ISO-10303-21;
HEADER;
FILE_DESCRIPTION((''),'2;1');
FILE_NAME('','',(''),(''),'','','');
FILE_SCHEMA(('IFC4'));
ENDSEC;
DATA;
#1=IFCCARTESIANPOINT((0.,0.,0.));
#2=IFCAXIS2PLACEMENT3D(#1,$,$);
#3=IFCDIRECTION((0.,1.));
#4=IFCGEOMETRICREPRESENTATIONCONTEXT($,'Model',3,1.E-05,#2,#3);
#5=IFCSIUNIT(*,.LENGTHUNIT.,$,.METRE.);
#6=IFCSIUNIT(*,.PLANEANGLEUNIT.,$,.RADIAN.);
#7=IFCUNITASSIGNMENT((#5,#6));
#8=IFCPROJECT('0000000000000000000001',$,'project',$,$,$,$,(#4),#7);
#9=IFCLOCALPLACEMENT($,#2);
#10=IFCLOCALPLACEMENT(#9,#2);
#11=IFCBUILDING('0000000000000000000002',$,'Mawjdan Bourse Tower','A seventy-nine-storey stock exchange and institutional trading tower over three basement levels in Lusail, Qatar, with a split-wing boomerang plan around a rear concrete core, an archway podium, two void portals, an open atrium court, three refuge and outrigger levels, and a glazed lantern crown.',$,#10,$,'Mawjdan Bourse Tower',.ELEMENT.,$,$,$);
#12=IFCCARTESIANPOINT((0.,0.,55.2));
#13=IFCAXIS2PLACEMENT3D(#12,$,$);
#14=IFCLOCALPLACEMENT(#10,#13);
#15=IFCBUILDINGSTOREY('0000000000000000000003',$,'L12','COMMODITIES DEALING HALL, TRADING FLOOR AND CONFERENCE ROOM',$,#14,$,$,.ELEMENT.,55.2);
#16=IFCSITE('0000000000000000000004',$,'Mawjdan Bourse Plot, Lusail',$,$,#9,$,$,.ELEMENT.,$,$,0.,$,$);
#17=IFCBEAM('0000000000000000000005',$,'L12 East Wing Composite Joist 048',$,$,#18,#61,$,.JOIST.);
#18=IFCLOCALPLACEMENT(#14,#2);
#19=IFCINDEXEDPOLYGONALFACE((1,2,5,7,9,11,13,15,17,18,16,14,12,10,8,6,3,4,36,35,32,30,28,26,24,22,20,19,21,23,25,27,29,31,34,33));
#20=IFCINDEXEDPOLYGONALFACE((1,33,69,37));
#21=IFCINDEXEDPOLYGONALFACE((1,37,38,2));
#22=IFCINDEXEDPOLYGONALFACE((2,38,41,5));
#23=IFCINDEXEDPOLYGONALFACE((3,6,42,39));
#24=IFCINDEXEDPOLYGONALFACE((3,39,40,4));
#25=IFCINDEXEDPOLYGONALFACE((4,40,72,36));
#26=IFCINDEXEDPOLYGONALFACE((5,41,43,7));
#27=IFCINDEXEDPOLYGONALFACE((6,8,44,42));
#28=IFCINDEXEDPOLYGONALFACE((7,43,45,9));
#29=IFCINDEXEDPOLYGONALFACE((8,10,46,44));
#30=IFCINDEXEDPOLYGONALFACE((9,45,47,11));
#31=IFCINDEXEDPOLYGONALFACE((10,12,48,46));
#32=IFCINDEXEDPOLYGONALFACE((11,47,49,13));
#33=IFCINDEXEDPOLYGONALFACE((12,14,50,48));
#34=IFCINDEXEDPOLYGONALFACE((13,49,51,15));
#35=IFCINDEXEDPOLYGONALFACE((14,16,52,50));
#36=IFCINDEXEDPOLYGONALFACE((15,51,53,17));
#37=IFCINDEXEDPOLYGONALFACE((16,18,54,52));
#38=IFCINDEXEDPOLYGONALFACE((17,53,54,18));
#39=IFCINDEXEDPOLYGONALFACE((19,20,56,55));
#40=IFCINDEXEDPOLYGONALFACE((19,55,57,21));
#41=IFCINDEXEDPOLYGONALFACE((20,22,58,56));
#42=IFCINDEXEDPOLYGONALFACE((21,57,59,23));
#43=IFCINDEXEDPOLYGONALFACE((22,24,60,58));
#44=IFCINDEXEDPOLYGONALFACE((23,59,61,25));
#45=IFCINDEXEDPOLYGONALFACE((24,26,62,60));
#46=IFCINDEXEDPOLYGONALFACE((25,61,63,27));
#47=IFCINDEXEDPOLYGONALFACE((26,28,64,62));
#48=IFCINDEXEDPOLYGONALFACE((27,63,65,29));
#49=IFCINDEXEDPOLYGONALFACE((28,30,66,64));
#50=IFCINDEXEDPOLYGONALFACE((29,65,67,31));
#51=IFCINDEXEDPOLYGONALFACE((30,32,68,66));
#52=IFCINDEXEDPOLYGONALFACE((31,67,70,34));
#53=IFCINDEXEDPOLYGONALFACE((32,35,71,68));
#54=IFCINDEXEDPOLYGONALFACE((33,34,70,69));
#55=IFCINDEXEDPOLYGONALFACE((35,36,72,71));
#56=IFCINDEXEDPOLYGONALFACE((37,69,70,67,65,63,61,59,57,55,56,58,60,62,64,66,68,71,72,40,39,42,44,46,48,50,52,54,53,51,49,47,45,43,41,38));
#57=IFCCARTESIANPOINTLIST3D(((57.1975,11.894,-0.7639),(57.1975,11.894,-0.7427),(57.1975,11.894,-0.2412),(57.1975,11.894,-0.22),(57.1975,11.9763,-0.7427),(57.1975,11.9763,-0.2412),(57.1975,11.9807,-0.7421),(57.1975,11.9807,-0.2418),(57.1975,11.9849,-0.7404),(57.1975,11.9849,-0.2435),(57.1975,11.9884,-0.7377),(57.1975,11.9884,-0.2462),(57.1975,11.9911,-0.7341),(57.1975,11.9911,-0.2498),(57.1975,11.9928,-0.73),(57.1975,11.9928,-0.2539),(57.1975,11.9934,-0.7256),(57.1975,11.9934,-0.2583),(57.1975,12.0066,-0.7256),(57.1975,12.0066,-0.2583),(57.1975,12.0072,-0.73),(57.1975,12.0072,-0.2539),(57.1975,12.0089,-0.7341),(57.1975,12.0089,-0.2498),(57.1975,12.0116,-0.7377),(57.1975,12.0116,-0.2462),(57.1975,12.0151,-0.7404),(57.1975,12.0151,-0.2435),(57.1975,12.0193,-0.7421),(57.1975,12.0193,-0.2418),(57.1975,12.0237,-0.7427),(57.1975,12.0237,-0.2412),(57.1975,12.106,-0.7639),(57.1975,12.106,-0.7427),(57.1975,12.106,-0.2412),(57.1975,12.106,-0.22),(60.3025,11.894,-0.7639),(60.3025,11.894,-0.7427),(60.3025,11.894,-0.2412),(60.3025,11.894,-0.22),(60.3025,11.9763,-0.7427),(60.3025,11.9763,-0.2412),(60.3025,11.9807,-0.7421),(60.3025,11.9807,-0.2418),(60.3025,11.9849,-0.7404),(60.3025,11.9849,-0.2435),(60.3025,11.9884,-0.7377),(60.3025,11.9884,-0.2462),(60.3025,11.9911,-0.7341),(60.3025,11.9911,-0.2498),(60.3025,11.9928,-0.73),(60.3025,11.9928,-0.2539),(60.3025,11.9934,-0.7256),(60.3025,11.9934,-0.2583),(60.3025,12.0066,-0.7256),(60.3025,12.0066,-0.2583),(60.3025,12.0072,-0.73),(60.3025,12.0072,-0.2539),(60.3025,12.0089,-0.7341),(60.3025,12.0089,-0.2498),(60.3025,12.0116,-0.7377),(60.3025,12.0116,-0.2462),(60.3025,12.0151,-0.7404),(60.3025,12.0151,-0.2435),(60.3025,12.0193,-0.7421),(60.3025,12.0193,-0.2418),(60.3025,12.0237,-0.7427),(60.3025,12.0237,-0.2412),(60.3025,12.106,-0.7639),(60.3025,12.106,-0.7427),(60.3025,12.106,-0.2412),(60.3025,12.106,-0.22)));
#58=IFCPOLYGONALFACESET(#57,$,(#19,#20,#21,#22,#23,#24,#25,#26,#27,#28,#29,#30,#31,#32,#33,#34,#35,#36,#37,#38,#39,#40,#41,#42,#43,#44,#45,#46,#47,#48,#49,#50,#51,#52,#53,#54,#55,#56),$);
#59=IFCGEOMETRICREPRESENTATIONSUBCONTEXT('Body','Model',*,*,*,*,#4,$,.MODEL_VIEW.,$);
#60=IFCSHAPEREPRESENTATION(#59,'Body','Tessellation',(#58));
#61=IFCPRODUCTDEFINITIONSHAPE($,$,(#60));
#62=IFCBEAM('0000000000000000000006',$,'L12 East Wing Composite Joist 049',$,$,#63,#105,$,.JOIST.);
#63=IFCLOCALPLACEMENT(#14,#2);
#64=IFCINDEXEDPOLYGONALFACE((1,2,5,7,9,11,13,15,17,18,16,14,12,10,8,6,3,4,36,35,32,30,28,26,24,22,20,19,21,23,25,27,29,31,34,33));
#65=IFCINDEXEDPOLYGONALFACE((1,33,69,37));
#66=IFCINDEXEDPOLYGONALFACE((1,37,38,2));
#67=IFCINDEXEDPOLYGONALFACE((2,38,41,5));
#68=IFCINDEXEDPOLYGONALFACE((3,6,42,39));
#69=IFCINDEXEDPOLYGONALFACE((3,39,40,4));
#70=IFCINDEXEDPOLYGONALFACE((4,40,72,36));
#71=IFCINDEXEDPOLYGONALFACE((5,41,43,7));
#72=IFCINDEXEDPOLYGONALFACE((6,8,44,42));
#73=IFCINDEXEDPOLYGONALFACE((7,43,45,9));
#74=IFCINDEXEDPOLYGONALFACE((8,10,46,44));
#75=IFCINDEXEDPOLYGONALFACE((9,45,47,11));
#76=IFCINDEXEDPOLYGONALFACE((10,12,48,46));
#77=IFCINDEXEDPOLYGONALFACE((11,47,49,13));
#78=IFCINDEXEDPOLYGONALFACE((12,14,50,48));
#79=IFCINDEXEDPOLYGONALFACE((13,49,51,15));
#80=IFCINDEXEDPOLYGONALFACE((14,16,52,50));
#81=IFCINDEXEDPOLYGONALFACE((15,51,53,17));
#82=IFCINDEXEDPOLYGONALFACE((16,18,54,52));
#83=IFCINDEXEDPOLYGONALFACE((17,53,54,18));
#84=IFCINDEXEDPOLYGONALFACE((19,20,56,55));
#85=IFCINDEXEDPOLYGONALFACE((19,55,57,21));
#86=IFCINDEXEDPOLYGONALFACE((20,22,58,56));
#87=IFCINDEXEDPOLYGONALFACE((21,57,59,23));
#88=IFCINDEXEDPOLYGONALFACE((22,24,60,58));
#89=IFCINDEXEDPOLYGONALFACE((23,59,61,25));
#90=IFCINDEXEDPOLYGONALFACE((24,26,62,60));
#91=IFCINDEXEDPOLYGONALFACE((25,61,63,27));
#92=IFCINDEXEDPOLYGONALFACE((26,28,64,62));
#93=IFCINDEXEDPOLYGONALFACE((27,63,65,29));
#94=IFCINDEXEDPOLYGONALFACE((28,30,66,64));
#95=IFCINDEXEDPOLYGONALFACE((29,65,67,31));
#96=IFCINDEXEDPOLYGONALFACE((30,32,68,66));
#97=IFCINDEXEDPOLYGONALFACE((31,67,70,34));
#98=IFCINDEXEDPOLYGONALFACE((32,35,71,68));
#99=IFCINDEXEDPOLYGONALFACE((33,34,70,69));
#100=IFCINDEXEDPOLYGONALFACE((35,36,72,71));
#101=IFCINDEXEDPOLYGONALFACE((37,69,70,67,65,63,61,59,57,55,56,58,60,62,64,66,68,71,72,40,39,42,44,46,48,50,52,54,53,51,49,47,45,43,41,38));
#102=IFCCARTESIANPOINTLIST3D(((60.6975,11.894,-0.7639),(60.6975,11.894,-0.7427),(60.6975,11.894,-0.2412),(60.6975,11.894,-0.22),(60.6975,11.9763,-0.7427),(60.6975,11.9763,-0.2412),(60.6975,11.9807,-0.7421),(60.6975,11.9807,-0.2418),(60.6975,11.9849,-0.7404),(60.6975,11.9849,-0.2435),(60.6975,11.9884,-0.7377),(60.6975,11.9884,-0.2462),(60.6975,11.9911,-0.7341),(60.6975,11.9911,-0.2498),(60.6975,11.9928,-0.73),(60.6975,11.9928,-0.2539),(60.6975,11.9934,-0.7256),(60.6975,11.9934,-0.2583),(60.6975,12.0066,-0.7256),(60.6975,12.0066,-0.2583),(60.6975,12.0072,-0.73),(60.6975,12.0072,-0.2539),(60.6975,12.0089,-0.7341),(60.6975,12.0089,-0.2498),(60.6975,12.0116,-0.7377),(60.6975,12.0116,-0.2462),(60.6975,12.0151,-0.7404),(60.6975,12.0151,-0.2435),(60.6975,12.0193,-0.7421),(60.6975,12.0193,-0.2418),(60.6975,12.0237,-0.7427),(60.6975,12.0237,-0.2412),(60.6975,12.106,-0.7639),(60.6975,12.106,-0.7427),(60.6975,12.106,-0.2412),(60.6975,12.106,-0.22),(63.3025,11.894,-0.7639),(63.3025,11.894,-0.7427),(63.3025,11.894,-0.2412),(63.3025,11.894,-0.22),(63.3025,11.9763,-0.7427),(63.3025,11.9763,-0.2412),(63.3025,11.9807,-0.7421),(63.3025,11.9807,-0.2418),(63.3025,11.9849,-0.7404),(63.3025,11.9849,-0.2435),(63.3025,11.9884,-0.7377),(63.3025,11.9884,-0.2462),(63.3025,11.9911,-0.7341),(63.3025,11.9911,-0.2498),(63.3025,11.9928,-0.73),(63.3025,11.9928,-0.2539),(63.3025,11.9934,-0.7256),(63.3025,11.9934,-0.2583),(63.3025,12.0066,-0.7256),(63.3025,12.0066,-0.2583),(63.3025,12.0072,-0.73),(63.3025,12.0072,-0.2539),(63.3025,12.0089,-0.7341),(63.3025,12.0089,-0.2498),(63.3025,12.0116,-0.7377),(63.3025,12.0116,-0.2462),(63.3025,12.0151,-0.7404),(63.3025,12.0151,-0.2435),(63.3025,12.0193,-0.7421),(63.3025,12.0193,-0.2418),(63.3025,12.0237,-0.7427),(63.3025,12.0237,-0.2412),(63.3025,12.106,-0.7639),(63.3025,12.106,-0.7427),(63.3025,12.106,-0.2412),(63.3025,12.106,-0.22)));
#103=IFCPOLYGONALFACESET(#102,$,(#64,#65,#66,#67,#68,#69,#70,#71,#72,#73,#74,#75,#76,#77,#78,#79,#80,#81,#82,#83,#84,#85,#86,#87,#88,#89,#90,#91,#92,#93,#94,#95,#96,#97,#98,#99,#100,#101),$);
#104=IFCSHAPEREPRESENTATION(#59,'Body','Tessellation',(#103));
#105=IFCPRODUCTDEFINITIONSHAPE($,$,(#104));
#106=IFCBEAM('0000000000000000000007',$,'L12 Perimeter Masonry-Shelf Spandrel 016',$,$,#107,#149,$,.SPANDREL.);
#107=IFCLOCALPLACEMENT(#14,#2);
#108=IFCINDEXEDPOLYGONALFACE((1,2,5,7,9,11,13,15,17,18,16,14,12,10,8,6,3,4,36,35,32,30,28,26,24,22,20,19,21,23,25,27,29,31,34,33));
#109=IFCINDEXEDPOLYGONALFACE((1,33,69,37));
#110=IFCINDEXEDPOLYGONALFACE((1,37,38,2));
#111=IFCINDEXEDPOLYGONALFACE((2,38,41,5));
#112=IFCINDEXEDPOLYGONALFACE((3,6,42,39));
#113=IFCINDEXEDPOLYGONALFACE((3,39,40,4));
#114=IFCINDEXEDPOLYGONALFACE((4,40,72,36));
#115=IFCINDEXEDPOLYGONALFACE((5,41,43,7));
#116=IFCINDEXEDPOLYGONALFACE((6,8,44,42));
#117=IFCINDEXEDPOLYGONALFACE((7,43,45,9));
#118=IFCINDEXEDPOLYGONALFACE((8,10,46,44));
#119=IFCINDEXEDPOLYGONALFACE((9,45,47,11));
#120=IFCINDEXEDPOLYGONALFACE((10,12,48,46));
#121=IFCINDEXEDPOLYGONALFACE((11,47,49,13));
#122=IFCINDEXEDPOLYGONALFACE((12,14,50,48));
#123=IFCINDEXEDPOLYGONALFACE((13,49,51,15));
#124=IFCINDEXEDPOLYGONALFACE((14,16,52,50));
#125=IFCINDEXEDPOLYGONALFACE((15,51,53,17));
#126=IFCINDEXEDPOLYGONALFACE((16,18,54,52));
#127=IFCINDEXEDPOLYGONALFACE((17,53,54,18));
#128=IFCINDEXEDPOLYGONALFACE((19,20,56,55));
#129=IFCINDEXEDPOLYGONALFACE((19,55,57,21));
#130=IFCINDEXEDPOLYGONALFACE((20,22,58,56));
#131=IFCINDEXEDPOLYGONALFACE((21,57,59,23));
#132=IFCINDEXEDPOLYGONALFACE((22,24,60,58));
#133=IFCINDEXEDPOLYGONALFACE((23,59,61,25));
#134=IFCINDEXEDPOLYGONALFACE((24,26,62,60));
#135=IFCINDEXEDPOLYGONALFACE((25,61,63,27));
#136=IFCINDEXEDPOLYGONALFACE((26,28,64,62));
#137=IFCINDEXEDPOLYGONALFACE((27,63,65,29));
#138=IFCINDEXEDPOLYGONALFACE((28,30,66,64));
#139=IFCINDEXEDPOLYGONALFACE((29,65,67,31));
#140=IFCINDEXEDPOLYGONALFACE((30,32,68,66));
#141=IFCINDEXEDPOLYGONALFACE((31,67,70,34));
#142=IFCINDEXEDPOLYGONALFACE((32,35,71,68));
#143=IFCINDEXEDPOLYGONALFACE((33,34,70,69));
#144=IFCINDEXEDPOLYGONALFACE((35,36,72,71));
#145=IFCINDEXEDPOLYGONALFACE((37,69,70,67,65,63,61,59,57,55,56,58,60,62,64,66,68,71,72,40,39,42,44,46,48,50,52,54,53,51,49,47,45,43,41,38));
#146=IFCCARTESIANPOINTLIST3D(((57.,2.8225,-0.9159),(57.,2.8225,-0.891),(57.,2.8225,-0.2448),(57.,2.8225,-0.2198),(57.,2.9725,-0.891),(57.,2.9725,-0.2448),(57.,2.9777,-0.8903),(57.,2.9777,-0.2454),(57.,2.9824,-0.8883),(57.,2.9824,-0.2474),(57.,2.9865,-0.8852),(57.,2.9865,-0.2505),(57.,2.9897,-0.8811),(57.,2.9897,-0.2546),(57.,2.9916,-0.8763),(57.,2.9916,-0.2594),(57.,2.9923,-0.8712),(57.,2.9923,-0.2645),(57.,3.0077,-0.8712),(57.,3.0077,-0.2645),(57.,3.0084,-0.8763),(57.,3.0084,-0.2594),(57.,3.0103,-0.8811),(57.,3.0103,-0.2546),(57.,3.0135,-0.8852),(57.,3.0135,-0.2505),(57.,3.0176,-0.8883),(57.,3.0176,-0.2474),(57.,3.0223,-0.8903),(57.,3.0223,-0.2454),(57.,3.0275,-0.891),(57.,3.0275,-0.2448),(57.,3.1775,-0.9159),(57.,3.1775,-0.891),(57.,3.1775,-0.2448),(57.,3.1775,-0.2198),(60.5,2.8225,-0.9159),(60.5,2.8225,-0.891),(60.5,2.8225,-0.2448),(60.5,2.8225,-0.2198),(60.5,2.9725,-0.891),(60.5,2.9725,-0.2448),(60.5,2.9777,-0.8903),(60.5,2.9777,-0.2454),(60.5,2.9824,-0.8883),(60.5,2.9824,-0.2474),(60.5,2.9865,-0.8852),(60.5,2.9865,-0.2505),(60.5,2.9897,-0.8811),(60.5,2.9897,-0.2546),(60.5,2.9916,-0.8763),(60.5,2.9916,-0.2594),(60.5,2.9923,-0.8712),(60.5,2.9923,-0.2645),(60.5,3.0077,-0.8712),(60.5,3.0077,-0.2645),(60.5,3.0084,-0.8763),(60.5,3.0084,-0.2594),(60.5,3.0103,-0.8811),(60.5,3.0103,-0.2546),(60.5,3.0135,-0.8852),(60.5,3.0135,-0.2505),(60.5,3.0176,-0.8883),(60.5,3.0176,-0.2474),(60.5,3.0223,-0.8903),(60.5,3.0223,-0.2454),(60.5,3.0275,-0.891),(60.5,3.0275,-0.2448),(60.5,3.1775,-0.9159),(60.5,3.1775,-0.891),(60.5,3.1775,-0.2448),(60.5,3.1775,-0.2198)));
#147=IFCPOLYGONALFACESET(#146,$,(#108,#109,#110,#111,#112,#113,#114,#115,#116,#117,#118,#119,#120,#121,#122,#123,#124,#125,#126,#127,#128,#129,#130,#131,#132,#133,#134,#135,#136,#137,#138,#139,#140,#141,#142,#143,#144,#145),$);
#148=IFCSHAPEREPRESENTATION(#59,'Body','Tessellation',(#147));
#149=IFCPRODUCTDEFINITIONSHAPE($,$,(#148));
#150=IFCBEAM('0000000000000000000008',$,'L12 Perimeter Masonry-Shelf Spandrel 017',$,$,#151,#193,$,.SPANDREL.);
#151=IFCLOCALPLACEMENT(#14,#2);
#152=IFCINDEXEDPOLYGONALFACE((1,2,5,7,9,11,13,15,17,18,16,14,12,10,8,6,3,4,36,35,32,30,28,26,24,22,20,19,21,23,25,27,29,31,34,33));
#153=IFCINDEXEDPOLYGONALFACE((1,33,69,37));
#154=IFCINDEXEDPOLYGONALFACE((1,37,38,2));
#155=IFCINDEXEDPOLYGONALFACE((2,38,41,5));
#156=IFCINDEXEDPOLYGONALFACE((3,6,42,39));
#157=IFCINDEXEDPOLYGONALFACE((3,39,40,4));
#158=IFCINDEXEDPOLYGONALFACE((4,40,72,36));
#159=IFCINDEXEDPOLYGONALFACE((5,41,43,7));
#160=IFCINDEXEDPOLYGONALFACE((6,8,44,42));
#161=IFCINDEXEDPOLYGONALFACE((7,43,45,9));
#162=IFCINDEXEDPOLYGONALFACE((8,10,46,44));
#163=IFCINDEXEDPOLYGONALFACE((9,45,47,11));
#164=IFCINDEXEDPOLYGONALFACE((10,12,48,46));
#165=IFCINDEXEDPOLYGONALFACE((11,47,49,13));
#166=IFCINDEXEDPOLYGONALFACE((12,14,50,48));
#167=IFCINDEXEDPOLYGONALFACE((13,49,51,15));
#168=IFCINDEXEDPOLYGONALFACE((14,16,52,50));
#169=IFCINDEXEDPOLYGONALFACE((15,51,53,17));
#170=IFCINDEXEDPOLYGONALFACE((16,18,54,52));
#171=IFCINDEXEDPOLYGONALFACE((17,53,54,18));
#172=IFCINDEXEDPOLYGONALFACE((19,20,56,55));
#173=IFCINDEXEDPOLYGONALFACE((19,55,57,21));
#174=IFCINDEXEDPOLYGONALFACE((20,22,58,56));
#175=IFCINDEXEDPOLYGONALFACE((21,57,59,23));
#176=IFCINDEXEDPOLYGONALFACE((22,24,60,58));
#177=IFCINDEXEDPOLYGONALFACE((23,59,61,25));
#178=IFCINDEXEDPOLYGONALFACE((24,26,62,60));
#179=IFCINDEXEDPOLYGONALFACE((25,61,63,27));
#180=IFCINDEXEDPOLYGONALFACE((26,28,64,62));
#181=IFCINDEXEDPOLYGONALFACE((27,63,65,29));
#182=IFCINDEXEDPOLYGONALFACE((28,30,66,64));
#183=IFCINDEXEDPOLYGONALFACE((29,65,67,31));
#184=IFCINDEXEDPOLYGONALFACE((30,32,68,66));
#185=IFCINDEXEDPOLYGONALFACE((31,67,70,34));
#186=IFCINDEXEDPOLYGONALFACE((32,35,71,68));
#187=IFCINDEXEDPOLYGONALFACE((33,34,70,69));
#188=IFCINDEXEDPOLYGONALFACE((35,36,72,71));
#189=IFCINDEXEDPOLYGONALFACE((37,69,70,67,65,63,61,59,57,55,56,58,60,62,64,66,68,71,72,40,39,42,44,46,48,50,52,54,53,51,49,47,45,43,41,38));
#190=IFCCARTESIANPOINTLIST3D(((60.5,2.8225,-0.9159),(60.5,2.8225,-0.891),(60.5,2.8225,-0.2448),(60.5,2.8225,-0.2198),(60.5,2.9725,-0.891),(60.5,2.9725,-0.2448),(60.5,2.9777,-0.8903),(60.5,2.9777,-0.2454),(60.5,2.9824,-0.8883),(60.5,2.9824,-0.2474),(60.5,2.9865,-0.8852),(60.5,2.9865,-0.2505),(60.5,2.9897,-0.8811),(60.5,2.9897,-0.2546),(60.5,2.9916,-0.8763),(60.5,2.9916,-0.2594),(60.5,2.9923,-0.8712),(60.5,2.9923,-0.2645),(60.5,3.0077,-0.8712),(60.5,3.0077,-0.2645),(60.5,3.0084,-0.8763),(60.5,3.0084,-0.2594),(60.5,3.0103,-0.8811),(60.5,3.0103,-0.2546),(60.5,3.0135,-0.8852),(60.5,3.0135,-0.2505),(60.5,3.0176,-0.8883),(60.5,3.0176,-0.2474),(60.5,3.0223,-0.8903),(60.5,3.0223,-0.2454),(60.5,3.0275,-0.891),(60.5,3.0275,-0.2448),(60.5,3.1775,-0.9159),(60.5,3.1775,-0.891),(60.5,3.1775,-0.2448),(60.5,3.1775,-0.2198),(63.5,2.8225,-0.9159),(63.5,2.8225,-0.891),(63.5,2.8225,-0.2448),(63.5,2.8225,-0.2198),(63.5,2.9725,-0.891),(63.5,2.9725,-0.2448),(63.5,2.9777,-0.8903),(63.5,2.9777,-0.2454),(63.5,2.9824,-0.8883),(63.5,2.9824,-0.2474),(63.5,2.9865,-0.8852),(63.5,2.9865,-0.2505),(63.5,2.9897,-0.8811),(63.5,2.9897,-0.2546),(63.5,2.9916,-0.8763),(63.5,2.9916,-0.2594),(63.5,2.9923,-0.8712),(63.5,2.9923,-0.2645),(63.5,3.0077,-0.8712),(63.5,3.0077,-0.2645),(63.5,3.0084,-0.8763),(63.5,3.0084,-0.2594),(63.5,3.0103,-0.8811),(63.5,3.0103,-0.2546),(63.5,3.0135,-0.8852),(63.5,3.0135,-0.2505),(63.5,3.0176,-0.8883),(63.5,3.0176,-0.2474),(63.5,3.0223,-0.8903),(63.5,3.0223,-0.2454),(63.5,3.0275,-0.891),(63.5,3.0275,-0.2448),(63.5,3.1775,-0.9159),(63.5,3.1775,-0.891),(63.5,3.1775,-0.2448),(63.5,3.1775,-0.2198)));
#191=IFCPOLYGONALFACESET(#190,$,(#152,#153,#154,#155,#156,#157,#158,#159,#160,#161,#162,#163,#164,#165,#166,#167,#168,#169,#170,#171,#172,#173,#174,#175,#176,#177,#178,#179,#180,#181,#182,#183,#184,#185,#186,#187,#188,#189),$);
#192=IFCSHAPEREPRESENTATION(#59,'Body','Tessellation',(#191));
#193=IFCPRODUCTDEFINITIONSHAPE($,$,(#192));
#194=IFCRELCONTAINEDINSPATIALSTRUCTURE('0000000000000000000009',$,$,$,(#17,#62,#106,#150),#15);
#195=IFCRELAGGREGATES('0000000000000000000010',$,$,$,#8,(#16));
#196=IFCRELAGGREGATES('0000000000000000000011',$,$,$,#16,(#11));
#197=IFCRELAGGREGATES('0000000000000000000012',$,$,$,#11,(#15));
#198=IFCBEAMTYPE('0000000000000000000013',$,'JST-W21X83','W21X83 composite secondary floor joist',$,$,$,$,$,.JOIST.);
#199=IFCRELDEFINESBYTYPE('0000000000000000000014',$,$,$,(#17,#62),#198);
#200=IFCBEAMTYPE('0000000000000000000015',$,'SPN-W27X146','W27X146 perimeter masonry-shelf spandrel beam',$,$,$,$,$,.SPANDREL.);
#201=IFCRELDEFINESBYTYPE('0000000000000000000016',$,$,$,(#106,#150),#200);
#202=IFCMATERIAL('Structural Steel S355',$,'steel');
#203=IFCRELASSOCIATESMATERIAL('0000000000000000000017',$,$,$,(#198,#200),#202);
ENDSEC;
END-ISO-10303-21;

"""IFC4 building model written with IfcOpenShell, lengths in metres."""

from ifc_helpers import new_model, si_unit, direction, frame, origin, origin_2d, place, context, subcontext, project, spatial, i_section, extrude, material, material_profile, profile_set, type_object, element, save


model = new_model("IFC4")

# Units and contexts
model_context = context("Model", 3, precision=1e-05, world=origin(), true_north=direction((0.0, 1.0)))
body_context = subcontext(model_context, "Body", "Model", "MODEL_VIEW")
ifc_project = project(units=[si_unit("LENGTHUNIT", "METRE"), si_unit("PLANEANGLEUNIT", "RADIAN")], contexts=[model_context])

# Site, building, storey
site_placement = place(None, origin())
site = spatial("IfcSite", under=ifc_project, at=site_placement, Name="Mawjdan Bourse Plot, Lusail", CompositionType="ELEMENT", RefElevation=0.0)
building_placement = place(site_placement, origin())
building = spatial("IfcBuilding", under=site, at=building_placement, Name="Mawjdan Bourse Tower", Description="A seventy-nine-storey stock exchange and institutional trading tower over three basement levels in Lusail, Qatar, with a split-wing boomerang plan around a rear concrete core, an archway podium, two void portals, an open atrium court, three refuge and outrigger levels, and a glazed lantern crown.", LongName="Mawjdan Bourse Tower", CompositionType="ELEMENT")
storey_placement = place(building_placement, frame((0.0, 0.0, 55.2)))
storey = spatial("IfcBuildingStorey", under=building, at=storey_placement, Name="L12", Description="COMMODITIES DEALING HALL, TRADING FLOOR AND CONFERENCE ROOM", CompositionType="ELEMENT", Elevation=55.2)

# Beams
ifc_material_1 = material(Name="Structural Steel S355", Category="steel")
ifc_material_profile_1 = material_profile(ifc_material_1, i_section(OverallWidth=0.2119, OverallDepth=0.5439, WebThickness=0.0132, FlangeThickness=0.0212, FilletRadius=0.0171, at=origin_2d()), Name="W21X83")
ifc_profile_set_1 = profile_set([ifc_material_profile_1], Name="Structural Steel S355")
beam_type_1 = type_object("IfcBeamType", Name="JST-W21X83", Description="W21X83 composite secondary floor joist", PredefinedType="JOIST", material=ifc_profile_set_1)
beam_1_placement = place(storey_placement, frame((57.1975, 12.0, -0.4919), z_axis=(1.0, 0.0, 0.0), x_axis=(0.0, 1.0, 0.0)))
element("IfcBeam", 1, at=beam_1_placement, inside=storey, type_object=beam_type_1, Name="L12 East Wing Composite Joist 048", PredefinedType="JOIST", context=body_context, shape_type="SweptSolid", body=[
    extrude(i_section(OverallWidth=0.2119, OverallDepth=0.5439, WebThickness=0.0132, FlangeThickness=0.0212, FilletRadius=0.0171, at=origin_2d()), origin(), (0.0, 0.0, 1.0), 3.105),
])
beam_2_placement = place(storey_placement, frame((60.6975, 12.0, -0.4919), z_axis=(1.0, 0.0, 0.0), x_axis=(0.0, 1.0, 0.0)))
element("IfcBeam", 2, at=beam_2_placement, inside=storey, type_object=beam_type_1, Name="L12 East Wing Composite Joist 049", PredefinedType="JOIST", context=body_context, shape_type="SweptSolid", body=[
    extrude(i_section(OverallWidth=0.2119, OverallDepth=0.5439, WebThickness=0.0132, FlangeThickness=0.0212, FilletRadius=0.0171, at=origin_2d()), origin(), (0.0, 0.0, 1.0), 2.605),
])
ifc_material_profile_2 = material_profile(ifc_material_1, i_section(OverallWidth=0.355, OverallDepth=0.696, WebThickness=0.0154, FlangeThickness=0.0249, FilletRadius=0.0198, at=origin_2d()), Name="W27X146")
ifc_profile_set_2 = profile_set([ifc_material_profile_2], Name="Structural Steel S355")
beam_type_2 = type_object("IfcBeamType", Name="SPN-W27X146", Description="W27X146 perimeter masonry-shelf spandrel beam", PredefinedType="SPANDREL", material=ifc_profile_set_2)
beam_3_placement = place(storey_placement, frame((57.0, 3.0, -0.5679), z_axis=(1.0, 0.0, 0.0), x_axis=(0.0, 1.0, 0.0)))
element("IfcBeam", 3, at=beam_3_placement, inside=storey, type_object=beam_type_2, Name="L12 Perimeter Masonry-Shelf Spandrel 016", PredefinedType="SPANDREL", context=body_context, shape_type="SweptSolid", body=[
    extrude(i_section(OverallWidth=0.355, OverallDepth=0.696, WebThickness=0.0154, FlangeThickness=0.0249, FilletRadius=0.0198, at=origin_2d()), origin(), (0.0, 0.0, 1.0), 3.5),
])
beam_4_placement = place(storey_placement, frame((60.5, 3.0, -0.5679), z_axis=(1.0, 0.0, 0.0), x_axis=(0.0, 1.0, 0.0)))
element("IfcBeam", 4, at=beam_4_placement, inside=storey, type_object=beam_type_2, Name="L12 Perimeter Masonry-Shelf Spandrel 017", PredefinedType="SPANDREL", context=body_context, shape_type="SweptSolid", body=[
    extrude(i_section(OverallWidth=0.355, OverallDepth=0.696, WebThickness=0.0154, FlangeThickness=0.0249, FilletRadius=0.0198, at=origin_2d()), origin(), (0.0, 0.0, 1.0), 3.0),
])

save(model, "model.ifc")
